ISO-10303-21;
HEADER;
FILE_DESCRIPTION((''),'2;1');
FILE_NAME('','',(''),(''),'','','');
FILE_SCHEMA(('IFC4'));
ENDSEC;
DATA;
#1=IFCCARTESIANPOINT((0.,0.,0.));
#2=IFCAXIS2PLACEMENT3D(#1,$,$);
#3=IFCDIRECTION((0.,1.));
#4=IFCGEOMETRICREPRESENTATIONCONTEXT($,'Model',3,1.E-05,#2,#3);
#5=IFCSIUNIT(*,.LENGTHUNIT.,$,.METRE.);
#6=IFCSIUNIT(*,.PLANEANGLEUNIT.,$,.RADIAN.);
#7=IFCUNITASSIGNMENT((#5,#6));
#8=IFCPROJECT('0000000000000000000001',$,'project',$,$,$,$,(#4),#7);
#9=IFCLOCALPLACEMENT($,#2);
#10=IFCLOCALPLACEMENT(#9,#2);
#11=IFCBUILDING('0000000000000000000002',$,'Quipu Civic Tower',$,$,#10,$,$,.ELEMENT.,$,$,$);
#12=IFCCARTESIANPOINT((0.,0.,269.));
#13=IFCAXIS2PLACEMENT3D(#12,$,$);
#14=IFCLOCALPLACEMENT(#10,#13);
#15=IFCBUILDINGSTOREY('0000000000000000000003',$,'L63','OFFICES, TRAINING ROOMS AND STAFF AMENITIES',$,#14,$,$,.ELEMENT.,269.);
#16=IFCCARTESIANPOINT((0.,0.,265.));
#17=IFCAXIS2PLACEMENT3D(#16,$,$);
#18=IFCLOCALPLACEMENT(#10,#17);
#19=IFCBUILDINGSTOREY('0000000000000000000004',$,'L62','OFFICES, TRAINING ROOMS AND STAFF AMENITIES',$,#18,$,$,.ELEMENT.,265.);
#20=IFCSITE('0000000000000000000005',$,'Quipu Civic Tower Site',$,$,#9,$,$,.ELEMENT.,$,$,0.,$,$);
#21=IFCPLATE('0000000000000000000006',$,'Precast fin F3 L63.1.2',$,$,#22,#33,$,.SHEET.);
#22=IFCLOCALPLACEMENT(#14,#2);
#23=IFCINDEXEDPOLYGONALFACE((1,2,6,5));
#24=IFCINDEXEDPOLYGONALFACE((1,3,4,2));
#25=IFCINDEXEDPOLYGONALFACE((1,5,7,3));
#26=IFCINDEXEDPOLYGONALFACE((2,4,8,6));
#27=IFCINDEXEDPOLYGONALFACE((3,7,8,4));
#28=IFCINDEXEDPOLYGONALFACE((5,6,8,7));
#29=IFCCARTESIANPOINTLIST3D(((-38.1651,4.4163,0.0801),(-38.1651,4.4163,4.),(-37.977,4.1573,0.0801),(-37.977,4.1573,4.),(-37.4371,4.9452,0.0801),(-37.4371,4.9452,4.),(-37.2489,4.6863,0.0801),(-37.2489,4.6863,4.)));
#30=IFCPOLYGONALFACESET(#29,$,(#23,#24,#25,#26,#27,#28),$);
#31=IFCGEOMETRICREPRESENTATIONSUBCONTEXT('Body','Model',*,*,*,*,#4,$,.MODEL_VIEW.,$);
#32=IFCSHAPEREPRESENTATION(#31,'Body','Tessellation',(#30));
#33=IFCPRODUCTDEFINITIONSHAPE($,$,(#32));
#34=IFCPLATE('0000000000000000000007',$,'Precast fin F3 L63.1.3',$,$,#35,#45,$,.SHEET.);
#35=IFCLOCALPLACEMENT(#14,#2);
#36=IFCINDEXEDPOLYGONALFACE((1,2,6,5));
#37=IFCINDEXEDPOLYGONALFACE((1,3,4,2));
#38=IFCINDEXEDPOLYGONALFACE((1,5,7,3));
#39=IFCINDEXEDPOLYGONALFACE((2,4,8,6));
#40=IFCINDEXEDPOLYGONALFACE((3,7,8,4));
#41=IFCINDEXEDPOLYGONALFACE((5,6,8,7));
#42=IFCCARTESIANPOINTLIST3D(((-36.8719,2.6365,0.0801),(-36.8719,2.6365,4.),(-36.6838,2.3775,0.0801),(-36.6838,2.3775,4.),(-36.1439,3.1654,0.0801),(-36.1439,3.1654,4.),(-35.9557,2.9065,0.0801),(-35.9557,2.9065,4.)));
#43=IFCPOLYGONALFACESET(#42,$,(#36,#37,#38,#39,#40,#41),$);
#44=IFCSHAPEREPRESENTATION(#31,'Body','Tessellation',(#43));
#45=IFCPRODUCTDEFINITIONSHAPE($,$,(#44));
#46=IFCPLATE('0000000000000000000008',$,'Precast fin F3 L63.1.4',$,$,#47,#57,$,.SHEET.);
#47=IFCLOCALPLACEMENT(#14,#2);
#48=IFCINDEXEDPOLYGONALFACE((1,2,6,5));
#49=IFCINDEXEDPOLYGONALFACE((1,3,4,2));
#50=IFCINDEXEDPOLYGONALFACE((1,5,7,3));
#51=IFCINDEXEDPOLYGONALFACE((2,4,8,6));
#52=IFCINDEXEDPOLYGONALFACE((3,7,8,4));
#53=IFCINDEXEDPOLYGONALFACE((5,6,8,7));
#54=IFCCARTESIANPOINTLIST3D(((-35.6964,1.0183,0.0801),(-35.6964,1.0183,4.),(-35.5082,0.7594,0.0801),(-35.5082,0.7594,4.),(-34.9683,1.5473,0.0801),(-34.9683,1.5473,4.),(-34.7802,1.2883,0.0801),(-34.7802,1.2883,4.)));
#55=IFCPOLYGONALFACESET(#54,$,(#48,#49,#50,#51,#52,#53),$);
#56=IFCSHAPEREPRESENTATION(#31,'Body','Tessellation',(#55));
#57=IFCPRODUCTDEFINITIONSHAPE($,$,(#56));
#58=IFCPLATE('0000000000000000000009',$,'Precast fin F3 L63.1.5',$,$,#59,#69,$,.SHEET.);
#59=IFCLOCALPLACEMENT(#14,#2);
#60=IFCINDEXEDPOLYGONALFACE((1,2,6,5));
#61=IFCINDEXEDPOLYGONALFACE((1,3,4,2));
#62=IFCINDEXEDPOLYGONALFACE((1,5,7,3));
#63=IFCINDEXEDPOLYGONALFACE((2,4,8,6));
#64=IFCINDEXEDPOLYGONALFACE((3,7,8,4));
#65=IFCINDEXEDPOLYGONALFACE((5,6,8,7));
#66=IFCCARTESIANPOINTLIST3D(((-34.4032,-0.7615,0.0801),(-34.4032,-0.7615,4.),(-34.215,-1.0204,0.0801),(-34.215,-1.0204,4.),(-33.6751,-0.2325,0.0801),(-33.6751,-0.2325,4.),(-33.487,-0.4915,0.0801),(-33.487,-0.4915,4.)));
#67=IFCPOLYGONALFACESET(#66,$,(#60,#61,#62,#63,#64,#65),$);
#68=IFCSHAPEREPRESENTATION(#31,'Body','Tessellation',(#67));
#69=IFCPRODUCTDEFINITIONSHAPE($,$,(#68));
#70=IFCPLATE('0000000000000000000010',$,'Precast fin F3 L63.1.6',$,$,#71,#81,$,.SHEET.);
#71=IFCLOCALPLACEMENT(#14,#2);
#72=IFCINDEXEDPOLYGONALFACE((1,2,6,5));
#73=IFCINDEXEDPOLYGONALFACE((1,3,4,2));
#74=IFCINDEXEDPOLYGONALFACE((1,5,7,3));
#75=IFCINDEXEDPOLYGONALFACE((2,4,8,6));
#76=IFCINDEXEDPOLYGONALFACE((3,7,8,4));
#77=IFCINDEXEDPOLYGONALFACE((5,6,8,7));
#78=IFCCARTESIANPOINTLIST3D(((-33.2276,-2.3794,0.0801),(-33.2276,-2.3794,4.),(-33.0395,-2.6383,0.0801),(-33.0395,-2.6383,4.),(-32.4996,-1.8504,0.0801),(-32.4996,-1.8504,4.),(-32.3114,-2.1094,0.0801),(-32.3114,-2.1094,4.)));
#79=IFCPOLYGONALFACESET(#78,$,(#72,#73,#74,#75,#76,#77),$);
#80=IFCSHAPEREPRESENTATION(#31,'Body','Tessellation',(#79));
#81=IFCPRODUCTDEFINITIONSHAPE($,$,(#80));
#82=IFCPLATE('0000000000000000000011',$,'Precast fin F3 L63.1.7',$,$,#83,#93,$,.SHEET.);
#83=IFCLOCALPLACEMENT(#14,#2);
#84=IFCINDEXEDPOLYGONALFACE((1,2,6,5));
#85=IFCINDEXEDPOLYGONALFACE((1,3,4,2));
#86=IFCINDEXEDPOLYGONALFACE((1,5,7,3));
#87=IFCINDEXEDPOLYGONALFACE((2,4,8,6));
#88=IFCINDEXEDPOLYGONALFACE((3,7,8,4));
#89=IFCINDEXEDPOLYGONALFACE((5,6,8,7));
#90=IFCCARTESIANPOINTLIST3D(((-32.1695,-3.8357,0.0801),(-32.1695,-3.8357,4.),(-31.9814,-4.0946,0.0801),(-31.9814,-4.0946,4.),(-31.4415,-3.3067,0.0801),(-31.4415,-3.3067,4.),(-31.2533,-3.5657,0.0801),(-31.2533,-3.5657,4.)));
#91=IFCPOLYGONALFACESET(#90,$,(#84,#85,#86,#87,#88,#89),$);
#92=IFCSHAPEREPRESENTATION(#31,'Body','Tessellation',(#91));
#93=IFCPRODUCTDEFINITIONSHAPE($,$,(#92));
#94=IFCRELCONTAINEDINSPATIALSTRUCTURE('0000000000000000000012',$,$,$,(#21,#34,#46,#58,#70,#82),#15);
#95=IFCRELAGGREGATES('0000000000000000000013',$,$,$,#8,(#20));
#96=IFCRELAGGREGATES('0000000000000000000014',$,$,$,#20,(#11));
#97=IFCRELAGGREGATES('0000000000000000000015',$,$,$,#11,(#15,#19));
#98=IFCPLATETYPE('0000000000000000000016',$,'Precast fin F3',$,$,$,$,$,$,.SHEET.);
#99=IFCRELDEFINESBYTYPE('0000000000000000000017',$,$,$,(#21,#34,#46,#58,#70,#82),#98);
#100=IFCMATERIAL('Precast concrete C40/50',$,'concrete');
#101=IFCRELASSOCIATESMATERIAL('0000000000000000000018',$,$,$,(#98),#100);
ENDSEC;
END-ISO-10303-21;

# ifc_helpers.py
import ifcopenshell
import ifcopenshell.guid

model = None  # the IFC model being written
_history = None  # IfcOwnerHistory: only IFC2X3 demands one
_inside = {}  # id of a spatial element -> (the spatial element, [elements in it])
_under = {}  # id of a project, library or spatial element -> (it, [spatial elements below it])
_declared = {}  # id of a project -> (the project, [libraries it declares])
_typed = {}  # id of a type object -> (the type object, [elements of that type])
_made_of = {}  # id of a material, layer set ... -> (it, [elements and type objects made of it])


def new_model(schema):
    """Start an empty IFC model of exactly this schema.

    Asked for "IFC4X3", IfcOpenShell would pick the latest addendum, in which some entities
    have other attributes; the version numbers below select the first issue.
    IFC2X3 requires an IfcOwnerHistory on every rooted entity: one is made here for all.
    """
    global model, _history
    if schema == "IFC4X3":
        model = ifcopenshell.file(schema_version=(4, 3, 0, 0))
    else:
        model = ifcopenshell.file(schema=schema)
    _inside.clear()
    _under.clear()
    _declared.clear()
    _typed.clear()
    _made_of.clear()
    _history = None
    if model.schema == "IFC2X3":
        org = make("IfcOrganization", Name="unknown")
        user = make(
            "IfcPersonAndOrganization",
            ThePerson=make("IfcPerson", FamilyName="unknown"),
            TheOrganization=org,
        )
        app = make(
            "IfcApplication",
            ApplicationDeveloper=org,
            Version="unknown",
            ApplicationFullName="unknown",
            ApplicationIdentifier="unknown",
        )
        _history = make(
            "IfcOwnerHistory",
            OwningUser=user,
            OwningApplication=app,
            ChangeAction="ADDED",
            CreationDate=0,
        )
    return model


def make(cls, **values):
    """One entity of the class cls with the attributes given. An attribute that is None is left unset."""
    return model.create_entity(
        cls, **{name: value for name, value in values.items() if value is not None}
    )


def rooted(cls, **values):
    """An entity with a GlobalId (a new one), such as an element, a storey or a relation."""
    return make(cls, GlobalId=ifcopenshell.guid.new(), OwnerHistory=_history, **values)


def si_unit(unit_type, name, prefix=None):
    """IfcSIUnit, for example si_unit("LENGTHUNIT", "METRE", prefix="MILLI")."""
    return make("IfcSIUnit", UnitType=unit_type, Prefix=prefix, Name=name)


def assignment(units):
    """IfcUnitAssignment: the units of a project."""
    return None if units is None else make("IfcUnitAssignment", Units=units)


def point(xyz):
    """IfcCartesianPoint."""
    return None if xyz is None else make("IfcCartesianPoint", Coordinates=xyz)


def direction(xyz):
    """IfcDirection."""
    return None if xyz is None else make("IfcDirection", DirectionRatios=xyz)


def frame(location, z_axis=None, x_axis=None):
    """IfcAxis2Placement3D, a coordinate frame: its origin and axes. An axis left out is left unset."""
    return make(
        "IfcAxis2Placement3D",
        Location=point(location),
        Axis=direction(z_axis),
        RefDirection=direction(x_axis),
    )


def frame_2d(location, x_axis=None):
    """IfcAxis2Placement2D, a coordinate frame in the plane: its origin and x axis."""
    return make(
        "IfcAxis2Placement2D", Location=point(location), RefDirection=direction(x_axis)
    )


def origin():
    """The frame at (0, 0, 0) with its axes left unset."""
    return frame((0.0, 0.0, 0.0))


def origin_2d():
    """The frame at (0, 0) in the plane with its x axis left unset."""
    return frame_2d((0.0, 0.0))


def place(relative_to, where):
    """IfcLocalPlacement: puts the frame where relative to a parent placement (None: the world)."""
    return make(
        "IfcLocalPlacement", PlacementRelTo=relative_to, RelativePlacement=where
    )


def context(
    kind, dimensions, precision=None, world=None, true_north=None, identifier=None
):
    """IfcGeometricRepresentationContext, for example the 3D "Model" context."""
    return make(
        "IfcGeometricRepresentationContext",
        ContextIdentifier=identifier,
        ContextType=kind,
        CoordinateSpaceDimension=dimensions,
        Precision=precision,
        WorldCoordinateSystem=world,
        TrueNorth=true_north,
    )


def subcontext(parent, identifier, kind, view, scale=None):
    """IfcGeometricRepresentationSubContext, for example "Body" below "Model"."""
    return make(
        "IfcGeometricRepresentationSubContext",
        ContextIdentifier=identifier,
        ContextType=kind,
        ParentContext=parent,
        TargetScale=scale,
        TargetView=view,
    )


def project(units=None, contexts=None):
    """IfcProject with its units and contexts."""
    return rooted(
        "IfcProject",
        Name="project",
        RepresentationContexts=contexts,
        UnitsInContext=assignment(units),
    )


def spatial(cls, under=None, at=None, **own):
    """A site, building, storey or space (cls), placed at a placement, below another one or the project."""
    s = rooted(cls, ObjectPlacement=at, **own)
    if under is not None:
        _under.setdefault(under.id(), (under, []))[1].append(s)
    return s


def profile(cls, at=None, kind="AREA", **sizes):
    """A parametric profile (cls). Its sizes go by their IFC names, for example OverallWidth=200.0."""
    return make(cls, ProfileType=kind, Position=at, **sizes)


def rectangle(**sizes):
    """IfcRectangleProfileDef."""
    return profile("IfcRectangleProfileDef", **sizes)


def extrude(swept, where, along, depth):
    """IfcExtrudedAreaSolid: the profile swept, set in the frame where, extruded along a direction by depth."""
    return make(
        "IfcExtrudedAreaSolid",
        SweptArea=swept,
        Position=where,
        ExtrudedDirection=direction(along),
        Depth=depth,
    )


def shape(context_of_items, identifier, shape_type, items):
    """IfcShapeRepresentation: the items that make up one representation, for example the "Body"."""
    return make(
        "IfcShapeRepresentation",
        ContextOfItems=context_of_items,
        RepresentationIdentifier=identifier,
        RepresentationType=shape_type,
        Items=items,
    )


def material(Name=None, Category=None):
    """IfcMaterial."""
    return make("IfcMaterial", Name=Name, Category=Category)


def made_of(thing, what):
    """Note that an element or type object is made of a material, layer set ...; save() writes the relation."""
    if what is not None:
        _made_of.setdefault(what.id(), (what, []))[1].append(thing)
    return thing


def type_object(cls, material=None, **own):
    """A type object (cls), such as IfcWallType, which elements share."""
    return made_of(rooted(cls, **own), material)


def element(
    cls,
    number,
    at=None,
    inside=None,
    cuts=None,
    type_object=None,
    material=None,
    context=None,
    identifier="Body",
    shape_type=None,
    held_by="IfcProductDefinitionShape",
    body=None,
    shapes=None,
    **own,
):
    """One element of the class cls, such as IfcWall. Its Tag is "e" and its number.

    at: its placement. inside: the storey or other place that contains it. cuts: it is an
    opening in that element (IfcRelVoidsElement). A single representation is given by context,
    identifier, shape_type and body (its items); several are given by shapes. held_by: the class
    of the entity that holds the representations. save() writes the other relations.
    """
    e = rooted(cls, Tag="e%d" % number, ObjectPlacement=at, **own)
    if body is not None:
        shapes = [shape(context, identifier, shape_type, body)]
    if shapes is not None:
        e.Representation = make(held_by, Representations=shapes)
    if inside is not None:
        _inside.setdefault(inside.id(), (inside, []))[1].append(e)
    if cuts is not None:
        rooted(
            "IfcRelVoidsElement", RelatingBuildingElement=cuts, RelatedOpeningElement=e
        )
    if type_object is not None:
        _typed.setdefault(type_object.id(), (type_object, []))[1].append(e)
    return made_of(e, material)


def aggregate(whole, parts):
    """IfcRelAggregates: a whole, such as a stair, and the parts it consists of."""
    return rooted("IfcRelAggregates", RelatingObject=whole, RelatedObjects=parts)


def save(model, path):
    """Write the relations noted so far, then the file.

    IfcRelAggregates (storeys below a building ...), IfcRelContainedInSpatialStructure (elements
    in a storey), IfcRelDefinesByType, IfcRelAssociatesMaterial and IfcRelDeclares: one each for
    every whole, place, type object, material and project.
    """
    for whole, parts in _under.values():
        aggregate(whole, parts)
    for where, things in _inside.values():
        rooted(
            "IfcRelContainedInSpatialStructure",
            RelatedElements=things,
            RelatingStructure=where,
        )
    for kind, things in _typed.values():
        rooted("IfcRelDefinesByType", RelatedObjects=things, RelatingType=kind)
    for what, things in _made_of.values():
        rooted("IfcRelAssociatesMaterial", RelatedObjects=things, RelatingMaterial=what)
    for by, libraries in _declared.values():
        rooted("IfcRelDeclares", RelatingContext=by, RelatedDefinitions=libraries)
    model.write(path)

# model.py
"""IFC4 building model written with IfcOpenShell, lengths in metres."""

from ifc_helpers import new_model, si_unit, direction, frame, origin, origin_2d, place, context, subcontext, project, spatial, rectangle, extrude, material, type_object, element, save


model = new_model("IFC4")

# Units and contexts
model_context = context("Model", 3, precision=1e-05, world=origin(), true_north=direction((0.0, 1.0)))
body_context = subcontext(model_context, "Body", "Model", "MODEL_VIEW")
ifc_project = project(units=[si_unit("LENGTHUNIT", "METRE"), si_unit("PLANEANGLEUNIT", "RADIAN")], contexts=[model_context])

# Site, building, storey
site_placement = place(None, origin())
site = spatial("IfcSite", under=ifc_project, at=site_placement, Name="Quipu Civic Tower Site", CompositionType="ELEMENT", RefElevation=0.0)
building_placement = place(site_placement, origin())
building = spatial("IfcBuilding", under=site, at=building_placement, Name="Quipu Civic Tower", CompositionType="ELEMENT")
storey_1_placement = place(building_placement, frame((0.0, 0.0, 269.0)))
storey_1 = spatial("IfcBuildingStorey", under=building, at=storey_1_placement, Name="L63", Description="OFFICES, TRAINING ROOMS AND STAFF AMENITIES", CompositionType="ELEMENT", Elevation=269.0)

# Shared definitions
storey_2_placement = place(building_placement, frame((0.0, 0.0, 265.0)))
storey_2 = spatial("IfcBuildingStorey", under=building, at=storey_2_placement, Name="L62", Description="OFFICES, TRAINING ROOMS AND STAFF AMENITIES", CompositionType="ELEMENT", Elevation=265.0)

# Plates
ifc_material_1 = material(Name="Precast concrete C40/50", Category="concrete")
plate_type_1 = type_object("IfcPlateType", Name="Precast fin F3", PredefinedType="SHEET", material=ifc_material_1)
for number, where, z_axis, x_axis, name in (
    (1, (-37.707, 4.5513, 0.0801), (0.0, 0.0, 1.0), (0.587787, -0.809016, 0.0), "Precast fin F3 L63.1.2"),
    (2, (-36.4138, 2.7715, 0.0801), (0.0, 0.0, 1.0), (0.587787, -0.809016, 0.0), "Precast fin F3 L63.1.3"),
    (3, (-35.2383, 1.1533, 0.0801), (0.0, 0.0, 1.0), (0.587787, -0.809016, 0.0), "Precast fin F3 L63.1.4"),
    (4, (-33.9451, -0.6265, 0.0801), (0.0, 0.0, 1.0), (0.587787, -0.809016, 0.0), "Precast fin F3 L63.1.5"),
    (5, (-32.7695, -2.2444, 0.0801), (0.0, 0.0, 1.0), (0.587787, -0.809016, 0.0), "Precast fin F3 L63.1.6"),
    (6, (-31.7114, -3.7007, 0.0801), (0.0, 0.0, 1.0), (0.587787, -0.809016, 0.0), "Precast fin F3 L63.1.7"),
):
    element("IfcPlate", number, at=place(storey_1_placement, frame(where, z_axis=z_axis, x_axis=x_axis)), inside=storey_1, type_object=plate_type_1, Name=name, PredefinedType="SHEET", context=body_context, shape_type="SweptSolid", body=[
        extrude(rectangle(XDim=0.3201, YDim=0.8999, at=origin_2d()), origin(), (0.0, 0.0, 1.0), 3.9199),
    ])

save(model, "model.ifc")
